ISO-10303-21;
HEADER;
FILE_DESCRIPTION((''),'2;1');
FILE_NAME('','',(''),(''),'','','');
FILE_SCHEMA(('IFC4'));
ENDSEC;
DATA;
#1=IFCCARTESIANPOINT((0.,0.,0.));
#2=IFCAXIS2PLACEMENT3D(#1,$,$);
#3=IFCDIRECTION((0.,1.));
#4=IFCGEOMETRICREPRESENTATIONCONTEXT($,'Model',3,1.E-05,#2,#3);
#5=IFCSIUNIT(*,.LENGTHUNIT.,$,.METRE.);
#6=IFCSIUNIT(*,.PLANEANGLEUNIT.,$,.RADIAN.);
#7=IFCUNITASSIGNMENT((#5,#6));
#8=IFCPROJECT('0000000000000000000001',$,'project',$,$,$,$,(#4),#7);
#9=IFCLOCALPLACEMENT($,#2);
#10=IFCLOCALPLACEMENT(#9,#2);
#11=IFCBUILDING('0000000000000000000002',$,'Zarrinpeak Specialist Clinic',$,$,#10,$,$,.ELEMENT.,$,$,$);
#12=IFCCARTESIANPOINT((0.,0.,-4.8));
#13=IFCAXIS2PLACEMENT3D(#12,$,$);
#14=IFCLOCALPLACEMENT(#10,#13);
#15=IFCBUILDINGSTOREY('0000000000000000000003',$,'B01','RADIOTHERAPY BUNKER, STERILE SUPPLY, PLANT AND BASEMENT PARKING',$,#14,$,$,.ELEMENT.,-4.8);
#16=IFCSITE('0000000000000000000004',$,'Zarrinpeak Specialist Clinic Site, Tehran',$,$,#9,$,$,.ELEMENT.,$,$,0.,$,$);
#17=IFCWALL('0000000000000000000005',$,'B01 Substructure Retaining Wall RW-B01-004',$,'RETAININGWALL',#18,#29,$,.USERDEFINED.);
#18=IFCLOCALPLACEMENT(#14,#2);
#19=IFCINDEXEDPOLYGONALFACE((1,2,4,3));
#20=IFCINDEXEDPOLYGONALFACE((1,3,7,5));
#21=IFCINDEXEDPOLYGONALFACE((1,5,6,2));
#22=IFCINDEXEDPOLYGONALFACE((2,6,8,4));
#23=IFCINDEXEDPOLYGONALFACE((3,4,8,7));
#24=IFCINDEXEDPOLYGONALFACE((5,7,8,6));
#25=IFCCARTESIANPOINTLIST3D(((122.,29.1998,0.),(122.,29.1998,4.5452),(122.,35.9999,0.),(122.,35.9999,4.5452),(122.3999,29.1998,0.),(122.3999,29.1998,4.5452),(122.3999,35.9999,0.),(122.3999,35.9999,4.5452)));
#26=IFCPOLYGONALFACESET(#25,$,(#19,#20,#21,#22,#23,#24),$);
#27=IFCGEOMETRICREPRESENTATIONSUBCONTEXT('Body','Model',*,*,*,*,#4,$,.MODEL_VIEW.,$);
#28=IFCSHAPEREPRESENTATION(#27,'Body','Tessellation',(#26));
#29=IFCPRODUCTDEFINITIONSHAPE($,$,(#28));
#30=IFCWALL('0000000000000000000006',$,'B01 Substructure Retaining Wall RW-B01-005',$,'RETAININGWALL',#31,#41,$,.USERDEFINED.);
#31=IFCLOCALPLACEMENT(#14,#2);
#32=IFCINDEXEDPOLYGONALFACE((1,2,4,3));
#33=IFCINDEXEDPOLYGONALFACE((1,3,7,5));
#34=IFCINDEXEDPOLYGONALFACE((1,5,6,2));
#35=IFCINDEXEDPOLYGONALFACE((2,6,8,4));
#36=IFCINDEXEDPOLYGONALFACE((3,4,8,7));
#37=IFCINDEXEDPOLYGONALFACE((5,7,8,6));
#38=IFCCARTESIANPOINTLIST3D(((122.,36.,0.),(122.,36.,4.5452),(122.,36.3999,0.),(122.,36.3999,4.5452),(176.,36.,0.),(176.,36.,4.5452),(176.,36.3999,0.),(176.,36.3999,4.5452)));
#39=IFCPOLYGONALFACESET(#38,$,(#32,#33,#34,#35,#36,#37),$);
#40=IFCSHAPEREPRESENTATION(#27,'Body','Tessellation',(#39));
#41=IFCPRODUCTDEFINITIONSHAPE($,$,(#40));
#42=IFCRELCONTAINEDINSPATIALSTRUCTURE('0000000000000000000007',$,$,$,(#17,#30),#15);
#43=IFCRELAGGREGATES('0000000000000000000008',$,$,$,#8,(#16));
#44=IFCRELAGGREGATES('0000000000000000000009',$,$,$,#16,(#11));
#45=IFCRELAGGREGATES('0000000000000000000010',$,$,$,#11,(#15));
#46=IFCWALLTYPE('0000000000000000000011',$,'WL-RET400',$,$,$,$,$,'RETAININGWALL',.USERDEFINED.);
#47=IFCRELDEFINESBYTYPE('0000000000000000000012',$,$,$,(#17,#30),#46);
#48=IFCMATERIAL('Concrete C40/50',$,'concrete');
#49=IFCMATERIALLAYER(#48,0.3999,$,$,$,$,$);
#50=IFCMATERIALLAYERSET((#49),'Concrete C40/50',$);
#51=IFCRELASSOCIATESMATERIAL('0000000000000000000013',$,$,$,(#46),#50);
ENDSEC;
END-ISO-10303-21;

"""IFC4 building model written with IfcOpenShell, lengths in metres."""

from ifc_helpers import new_model, si_unit, direction, frame, frame_2d, origin, place, context, subcontext, project, spatial, rectangle, extrude, material, layer, layer_set, type_object, element, save


model = new_model("IFC4")

# Units and contexts
model_context = context("Model", 3, precision=1e-05, world=origin(), true_north=direction((0.0, 1.0)))
body_context = subcontext(model_context, "Body", "Model", "MODEL_VIEW")
ifc_project = project(units=[si_unit("LENGTHUNIT", "METRE"), si_unit("PLANEANGLEUNIT", "RADIAN")], contexts=[model_context])

# Site, building, storey
site_placement = place(None, origin())
site = spatial("IfcSite", under=ifc_project, at=site_placement, Name="Zarrinpeak Specialist Clinic Site, Tehran", CompositionType="ELEMENT", RefElevation=0.0)
building_placement = place(site_placement, origin())
building = spatial("IfcBuilding", under=site, at=building_placement, Name="Zarrinpeak Specialist Clinic", CompositionType="ELEMENT")
storey_placement = place(building_placement, frame((0.0, 0.0, -4.8)))
storey = spatial("IfcBuildingStorey", under=building, at=storey_placement, Name="B01", Description="RADIOTHERAPY BUNKER, STERILE SUPPLY, PLANT AND BASEMENT PARKING", CompositionType="ELEMENT", Elevation=-4.8)

# Shared definitions
ifc_material_1 = material(Name="Concrete C40/50", Category="concrete")

# Walls
ifc_layer_1 = layer(ifc_material_1, 0.3999)
ifc_layer_set_1 = layer_set([ifc_layer_1], Name="Concrete C40/50")
wall_type_1 = type_object("IfcWallType", Name="WL-RET400", ElementType="RETAININGWALL", PredefinedType="USERDEFINED", material=ifc_layer_set_1)
wall_1_placement = place(storey_placement, frame((122.2, 29.2, 0.0), z_axis=(0.0, 0.0, 1.0), x_axis=(0.0, 1.0, 0.0)))
element("IfcWall", 1, at=wall_1_placement, inside=storey, type_object=wall_type_1, Name="B01 Substructure Retaining Wall RW-B01-004", ObjectType="RETAININGWALL", PredefinedType="USERDEFINED", context=body_context, shape_type="SweptSolid", body=[
    extrude(rectangle(XDim=6.8, YDim=0.3999, at=frame_2d((3.3999, 0.0))), origin(), (0.0, 0.0, 1.0), 4.5452),
])
wall_2_placement = place(storey_placement, frame((122.0, 36.2, 0.0), z_axis=(0.0, 0.0, 1.0), x_axis=(1.0, 0.0, 0.0)))
element("IfcWall", 2, at=wall_2_placement, inside=storey, type_object=wall_type_1, Name="B01 Substructure Retaining Wall RW-B01-005", ObjectType="RETAININGWALL", PredefinedType="USERDEFINED", context=body_context, shape_type="SweptSolid", body=[
    extrude(rectangle(XDim=54.0, YDim=0.3999, at=frame_2d((27.0, 0.0))), origin(), (0.0, 0.0, 1.0), 4.5452),
])

save(model, "model.ifc")
